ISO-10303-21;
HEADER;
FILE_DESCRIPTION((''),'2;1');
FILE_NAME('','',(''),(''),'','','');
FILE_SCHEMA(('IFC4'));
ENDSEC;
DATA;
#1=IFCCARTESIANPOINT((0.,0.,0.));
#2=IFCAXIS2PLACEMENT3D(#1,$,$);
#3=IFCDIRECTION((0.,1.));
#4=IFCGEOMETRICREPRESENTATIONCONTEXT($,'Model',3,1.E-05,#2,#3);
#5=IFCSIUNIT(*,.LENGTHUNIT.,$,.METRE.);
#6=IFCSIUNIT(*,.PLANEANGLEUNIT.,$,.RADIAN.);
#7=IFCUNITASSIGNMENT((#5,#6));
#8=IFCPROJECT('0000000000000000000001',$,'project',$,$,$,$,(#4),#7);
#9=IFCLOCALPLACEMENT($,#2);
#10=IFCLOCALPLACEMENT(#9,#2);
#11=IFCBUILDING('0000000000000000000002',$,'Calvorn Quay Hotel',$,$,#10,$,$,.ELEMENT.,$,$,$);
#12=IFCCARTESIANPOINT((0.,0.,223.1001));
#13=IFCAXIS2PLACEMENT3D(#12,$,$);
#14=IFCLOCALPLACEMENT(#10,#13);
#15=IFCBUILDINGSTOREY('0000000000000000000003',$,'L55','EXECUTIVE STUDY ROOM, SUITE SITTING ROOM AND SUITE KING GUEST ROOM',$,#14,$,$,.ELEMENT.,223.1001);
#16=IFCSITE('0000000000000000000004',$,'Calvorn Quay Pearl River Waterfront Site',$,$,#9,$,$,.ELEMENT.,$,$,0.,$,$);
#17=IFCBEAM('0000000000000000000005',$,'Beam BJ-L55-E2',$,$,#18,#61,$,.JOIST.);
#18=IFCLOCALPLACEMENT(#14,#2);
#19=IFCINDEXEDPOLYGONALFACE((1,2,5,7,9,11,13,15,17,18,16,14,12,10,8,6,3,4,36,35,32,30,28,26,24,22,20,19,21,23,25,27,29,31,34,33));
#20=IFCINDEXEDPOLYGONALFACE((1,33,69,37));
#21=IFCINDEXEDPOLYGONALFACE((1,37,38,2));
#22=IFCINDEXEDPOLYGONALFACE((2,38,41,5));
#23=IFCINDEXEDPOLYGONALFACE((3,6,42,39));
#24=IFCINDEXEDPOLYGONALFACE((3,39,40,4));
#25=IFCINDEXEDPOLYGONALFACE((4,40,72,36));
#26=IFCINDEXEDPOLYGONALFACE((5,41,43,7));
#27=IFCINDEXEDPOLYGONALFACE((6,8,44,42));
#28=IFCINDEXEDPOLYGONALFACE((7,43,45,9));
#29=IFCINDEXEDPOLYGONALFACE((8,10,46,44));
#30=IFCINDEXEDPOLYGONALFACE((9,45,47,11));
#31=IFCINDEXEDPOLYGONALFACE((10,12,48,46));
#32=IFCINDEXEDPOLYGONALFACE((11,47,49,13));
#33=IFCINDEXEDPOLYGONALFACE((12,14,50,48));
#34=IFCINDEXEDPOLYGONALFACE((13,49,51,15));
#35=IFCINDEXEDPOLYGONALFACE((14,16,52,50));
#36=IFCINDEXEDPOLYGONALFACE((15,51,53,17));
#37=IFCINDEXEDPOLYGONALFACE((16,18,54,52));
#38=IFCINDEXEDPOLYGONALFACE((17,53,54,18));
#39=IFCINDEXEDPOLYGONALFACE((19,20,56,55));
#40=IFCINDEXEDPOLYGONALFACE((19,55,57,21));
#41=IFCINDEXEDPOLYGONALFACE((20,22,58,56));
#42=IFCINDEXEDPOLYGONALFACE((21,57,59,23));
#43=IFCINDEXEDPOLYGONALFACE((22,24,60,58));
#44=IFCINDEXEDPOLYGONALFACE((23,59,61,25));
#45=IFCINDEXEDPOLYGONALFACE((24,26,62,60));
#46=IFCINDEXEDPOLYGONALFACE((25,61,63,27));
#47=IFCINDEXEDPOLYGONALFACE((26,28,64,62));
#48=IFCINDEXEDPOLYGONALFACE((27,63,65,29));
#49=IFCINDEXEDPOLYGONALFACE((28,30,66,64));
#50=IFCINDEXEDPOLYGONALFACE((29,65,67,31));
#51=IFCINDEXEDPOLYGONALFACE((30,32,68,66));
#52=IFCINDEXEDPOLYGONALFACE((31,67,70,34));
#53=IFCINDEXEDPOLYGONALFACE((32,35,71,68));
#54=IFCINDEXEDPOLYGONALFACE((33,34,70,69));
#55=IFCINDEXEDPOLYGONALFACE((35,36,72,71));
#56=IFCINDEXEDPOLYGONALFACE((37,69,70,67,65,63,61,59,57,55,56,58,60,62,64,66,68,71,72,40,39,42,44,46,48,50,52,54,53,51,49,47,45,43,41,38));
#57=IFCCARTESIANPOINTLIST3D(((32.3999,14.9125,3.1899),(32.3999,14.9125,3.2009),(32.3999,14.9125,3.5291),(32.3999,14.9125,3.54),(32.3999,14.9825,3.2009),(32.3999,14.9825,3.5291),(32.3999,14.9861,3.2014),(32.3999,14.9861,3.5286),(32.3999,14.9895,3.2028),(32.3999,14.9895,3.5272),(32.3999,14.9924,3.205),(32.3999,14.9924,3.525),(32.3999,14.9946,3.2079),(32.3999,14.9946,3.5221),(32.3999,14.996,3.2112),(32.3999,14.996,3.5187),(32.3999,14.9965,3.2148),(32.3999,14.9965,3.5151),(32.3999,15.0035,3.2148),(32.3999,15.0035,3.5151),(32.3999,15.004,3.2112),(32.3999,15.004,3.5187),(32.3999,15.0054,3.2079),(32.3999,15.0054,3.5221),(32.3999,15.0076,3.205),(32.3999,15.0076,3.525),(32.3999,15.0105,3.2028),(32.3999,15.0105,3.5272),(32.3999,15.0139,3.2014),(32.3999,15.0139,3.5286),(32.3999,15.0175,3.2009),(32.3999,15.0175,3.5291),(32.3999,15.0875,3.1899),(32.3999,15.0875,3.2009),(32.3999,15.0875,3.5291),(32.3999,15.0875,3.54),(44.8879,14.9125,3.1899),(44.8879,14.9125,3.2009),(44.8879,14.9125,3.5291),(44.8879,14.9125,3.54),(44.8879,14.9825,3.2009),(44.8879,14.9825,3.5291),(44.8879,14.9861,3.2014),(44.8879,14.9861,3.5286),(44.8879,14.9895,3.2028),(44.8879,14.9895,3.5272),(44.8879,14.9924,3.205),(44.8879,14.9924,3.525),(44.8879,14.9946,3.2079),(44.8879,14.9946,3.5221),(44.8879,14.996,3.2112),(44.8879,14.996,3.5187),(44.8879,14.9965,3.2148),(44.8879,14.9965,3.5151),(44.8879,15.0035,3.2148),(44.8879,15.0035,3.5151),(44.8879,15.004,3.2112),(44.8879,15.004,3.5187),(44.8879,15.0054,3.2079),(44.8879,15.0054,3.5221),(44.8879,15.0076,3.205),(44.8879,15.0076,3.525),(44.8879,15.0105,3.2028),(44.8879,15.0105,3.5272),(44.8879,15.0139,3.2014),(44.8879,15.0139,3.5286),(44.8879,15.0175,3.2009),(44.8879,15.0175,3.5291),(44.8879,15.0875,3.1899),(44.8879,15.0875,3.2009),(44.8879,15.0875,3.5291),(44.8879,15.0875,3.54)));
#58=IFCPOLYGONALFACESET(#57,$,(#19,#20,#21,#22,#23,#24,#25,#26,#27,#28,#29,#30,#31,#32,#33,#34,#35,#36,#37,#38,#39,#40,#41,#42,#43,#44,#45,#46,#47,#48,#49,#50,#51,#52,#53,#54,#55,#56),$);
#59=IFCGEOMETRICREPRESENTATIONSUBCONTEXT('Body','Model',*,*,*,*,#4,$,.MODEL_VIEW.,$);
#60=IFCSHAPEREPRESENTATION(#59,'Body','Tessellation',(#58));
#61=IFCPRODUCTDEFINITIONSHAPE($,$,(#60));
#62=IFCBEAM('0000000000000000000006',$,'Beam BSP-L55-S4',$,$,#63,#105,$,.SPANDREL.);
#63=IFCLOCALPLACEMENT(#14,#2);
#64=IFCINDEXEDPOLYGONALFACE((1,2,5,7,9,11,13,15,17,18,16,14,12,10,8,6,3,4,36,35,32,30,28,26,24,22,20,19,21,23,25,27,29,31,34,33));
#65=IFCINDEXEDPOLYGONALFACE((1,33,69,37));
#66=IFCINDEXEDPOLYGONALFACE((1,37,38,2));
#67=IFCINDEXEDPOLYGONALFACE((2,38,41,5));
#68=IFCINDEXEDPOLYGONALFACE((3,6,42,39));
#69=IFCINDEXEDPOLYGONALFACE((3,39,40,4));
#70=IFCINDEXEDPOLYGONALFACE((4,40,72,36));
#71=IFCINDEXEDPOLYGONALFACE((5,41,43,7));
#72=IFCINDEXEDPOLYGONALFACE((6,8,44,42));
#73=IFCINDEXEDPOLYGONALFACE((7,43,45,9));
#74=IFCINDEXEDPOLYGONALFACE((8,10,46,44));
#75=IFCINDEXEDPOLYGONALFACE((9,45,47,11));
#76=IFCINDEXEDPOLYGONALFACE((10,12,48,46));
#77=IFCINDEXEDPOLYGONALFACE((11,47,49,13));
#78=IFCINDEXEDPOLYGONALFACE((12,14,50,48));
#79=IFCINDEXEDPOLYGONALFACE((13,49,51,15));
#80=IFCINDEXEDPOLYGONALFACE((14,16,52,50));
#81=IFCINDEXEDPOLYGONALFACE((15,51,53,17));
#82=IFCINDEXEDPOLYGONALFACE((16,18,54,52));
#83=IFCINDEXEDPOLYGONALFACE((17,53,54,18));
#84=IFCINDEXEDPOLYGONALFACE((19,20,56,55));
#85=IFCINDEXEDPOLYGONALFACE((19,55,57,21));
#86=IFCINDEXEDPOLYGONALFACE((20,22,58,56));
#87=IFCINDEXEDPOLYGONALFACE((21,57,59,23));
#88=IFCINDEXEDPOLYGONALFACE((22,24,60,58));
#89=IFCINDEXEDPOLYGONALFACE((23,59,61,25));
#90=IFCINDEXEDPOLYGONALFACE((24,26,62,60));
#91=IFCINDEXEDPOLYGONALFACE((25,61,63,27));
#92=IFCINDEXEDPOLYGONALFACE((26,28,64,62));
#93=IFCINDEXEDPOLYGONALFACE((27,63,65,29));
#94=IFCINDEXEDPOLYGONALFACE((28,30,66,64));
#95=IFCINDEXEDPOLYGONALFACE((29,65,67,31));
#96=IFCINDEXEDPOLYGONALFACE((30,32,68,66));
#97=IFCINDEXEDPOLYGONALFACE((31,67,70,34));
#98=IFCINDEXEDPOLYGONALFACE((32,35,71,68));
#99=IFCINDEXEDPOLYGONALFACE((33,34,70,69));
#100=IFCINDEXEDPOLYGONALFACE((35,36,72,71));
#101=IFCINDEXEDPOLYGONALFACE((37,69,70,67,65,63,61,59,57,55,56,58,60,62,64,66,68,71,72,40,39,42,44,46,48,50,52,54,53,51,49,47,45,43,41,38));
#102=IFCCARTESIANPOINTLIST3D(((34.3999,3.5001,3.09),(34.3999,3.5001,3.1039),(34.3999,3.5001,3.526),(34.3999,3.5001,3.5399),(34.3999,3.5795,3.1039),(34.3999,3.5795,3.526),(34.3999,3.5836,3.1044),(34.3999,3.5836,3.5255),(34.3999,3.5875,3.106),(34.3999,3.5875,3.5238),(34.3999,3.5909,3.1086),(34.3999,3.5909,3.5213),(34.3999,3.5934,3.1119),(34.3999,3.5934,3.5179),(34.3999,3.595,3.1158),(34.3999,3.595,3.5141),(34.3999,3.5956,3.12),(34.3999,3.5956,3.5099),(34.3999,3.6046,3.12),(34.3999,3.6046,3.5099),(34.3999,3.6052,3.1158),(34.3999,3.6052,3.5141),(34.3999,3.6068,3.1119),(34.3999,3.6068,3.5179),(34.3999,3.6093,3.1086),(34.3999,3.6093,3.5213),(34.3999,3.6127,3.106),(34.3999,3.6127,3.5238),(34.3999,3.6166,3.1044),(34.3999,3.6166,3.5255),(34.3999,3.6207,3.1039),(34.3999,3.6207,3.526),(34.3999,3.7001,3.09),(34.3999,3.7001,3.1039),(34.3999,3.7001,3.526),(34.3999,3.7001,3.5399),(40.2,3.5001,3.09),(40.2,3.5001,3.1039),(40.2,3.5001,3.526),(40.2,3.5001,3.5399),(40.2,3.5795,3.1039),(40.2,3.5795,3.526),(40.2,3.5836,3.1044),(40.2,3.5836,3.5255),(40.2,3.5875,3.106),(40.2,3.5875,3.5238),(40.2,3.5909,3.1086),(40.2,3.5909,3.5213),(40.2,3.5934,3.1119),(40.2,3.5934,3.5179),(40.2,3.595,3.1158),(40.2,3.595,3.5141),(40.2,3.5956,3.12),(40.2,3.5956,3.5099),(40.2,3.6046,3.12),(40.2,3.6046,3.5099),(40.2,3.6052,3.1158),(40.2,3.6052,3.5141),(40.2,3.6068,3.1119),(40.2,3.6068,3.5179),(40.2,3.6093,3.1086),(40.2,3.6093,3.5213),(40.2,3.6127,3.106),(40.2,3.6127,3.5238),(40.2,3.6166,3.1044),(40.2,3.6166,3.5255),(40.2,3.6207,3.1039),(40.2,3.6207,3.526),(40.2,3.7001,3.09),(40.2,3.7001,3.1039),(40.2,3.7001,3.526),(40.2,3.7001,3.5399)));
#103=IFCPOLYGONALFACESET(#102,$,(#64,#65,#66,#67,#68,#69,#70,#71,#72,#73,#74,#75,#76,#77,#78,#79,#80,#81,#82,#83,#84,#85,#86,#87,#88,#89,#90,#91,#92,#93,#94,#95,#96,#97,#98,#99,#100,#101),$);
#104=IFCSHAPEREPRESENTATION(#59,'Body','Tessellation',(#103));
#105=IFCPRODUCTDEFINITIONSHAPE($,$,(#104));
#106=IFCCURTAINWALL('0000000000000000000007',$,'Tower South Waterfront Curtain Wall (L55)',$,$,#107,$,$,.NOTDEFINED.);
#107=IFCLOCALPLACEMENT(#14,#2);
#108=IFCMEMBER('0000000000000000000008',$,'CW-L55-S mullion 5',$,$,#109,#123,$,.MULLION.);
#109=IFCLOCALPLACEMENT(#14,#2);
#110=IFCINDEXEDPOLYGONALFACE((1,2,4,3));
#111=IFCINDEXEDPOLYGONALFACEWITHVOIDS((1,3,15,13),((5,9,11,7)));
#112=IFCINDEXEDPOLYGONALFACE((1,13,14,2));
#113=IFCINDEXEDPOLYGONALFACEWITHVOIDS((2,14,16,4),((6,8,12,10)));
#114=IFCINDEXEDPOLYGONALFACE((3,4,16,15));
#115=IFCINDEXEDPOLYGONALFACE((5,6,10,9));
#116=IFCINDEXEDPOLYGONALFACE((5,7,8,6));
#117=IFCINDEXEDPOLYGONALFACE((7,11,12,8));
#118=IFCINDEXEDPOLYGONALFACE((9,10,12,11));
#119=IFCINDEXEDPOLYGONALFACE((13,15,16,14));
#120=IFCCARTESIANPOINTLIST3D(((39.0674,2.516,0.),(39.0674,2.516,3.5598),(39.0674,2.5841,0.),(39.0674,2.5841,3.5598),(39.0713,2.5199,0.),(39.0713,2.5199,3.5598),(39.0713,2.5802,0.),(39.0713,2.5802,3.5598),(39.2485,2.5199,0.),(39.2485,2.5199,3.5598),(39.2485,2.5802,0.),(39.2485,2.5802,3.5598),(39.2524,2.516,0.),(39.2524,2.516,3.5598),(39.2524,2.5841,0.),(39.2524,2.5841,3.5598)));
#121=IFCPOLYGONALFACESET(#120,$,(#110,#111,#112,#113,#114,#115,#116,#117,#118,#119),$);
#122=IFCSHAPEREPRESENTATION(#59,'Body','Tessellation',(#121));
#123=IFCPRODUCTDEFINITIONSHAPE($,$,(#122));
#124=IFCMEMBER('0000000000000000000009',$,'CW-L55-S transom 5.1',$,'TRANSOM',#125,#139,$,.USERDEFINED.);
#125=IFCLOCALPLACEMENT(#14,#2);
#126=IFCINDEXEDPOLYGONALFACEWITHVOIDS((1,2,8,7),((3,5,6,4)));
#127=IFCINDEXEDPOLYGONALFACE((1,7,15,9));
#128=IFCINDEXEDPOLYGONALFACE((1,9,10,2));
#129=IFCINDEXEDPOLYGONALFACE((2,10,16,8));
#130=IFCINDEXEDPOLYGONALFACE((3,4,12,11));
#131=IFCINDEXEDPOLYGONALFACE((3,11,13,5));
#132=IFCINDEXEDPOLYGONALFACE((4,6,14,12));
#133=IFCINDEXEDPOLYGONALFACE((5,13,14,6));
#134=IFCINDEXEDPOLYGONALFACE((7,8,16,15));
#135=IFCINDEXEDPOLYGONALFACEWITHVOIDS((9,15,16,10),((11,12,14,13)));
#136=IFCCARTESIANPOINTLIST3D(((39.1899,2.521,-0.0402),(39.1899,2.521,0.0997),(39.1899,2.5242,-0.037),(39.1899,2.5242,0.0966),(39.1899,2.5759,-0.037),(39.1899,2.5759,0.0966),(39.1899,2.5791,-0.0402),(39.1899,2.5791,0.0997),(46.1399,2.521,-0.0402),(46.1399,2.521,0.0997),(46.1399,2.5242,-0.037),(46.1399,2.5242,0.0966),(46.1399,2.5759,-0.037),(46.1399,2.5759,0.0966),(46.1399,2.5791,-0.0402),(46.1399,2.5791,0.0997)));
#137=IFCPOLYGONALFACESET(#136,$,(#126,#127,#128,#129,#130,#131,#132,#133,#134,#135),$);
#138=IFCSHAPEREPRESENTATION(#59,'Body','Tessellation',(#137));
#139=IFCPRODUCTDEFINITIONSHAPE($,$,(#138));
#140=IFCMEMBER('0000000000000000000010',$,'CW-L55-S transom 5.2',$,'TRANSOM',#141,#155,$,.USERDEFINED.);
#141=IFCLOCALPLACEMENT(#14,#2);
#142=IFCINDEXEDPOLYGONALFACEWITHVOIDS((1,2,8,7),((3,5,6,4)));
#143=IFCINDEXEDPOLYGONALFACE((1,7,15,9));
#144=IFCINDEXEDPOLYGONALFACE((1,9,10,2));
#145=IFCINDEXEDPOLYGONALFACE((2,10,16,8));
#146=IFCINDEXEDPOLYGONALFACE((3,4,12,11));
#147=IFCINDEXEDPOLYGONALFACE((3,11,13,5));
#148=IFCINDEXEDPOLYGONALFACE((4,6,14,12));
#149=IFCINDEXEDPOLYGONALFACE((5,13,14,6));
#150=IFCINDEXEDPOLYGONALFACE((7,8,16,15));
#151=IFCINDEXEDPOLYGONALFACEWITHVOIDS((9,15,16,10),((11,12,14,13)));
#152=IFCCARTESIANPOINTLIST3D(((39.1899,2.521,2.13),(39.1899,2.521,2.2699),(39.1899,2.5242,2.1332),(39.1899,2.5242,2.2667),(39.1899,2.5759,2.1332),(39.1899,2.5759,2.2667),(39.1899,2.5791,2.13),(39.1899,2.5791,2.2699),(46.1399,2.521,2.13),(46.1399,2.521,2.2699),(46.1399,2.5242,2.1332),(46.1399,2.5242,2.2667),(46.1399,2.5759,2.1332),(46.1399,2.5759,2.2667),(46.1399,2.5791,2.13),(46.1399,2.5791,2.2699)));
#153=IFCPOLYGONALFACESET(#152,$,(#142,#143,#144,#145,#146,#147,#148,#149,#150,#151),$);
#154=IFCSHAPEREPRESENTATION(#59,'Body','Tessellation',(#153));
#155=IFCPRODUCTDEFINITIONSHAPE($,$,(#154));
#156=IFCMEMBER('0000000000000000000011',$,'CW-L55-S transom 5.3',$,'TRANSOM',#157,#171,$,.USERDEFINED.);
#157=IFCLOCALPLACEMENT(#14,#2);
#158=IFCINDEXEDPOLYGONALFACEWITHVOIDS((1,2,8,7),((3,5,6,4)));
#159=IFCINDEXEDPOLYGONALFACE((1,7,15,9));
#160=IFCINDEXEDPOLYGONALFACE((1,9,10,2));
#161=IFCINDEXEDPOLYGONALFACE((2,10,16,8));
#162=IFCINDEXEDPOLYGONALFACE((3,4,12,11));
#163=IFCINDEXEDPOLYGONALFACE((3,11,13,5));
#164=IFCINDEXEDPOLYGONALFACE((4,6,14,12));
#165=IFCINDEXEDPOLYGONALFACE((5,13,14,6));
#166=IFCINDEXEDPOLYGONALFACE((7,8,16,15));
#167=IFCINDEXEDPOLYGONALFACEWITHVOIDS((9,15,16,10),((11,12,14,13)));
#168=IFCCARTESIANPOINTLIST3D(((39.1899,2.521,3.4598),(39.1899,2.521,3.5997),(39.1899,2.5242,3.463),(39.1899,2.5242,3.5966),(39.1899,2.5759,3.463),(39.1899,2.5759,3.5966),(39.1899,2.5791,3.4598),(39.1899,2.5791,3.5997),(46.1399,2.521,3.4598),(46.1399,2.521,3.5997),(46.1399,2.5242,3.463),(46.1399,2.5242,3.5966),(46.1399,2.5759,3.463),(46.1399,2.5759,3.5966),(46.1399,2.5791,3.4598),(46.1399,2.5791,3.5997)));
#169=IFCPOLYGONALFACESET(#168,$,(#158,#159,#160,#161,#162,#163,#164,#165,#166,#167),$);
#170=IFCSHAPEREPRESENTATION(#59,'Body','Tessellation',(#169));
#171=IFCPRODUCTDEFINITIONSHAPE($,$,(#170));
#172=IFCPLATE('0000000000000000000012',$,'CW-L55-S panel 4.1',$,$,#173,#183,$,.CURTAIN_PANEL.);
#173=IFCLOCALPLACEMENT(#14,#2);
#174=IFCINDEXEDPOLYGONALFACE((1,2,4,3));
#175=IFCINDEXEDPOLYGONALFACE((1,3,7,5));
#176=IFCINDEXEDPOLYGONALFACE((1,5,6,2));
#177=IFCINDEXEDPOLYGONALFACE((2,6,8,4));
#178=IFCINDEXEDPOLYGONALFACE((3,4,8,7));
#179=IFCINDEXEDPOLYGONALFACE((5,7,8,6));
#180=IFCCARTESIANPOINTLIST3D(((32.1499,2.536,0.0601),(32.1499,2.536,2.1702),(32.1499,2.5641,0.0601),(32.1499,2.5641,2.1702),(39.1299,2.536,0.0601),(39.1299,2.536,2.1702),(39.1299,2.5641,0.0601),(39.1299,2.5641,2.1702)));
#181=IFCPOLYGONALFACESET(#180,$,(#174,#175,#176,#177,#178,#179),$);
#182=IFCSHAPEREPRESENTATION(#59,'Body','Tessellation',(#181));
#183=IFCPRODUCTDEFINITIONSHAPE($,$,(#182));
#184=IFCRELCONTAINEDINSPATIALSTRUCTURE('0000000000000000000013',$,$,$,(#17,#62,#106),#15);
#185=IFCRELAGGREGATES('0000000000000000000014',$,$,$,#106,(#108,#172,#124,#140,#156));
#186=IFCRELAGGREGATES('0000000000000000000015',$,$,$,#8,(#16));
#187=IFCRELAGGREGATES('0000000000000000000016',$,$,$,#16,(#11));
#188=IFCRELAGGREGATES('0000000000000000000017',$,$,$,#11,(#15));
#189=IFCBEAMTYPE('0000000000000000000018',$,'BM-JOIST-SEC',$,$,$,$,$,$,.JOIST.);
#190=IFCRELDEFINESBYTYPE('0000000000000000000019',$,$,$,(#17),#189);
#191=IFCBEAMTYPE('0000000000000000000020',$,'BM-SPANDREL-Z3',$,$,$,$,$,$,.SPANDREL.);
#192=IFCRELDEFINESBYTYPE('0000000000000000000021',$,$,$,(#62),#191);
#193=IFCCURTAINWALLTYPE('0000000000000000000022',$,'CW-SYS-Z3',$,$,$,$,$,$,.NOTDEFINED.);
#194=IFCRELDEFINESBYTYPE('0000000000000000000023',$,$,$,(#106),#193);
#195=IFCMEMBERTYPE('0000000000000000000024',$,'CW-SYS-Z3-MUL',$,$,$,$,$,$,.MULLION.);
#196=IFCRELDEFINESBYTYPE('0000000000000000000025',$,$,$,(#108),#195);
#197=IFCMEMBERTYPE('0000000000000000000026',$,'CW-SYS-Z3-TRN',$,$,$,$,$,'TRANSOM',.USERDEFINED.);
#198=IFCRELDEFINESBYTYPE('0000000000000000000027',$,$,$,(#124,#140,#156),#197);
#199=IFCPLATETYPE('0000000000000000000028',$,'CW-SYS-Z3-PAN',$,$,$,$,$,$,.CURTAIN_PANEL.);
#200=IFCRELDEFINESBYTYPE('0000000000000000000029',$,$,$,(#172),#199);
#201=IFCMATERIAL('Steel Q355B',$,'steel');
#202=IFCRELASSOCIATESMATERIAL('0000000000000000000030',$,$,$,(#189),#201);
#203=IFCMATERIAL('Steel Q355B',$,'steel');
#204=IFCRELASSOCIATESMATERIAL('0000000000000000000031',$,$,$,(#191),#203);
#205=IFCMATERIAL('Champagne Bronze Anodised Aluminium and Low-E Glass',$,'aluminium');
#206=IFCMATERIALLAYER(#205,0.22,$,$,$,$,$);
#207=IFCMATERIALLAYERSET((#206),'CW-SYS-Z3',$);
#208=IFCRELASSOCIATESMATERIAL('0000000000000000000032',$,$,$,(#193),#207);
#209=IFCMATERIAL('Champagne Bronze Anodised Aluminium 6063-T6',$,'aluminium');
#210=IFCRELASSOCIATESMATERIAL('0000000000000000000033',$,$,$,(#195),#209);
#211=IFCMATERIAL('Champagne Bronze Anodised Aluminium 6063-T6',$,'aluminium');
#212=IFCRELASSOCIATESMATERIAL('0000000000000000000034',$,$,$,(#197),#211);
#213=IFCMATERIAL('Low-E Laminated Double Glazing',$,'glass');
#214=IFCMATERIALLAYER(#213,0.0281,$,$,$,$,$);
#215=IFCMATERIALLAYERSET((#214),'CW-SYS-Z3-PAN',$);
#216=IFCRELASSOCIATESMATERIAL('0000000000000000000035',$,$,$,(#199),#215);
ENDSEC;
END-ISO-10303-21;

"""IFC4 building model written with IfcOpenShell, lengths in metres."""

from ifc_helpers import new_model, si_unit, direction, frame, origin, origin_2d, place, context, subcontext, project, spatial, rectangle, hollow_rectangle, i_section, extrude, material, layer, layer_set, material_profile, profile_set, type_object, element, aggregate, save


model = new_model("IFC4")

# Units and contexts
model_context = context("Model", 3, precision=1e-05, world=origin(), true_north=direction((0.0, 1.0)))
body_context = subcontext(model_context, "Body", "Model", "MODEL_VIEW")
ifc_project = project(units=[si_unit("LENGTHUNIT", "METRE"), si_unit("PLANEANGLEUNIT", "RADIAN")], contexts=[model_context])

# Site, building, storey
site_placement = place(None, origin())
site = spatial("IfcSite", under=ifc_project, at=site_placement, Name="Calvorn Quay Pearl River Waterfront Site", CompositionType="ELEMENT", RefElevation=0.0)
building_placement = place(site_placement, origin())
building = spatial("IfcBuilding", under=site, at=building_placement, Name="Calvorn Quay Hotel", CompositionType="ELEMENT")
storey_placement = place(building_placement, frame((0.0, 0.0, 223.1001)))
storey = spatial("IfcBuildingStorey", under=building, at=storey_placement, Name="L55", Description="EXECUTIVE STUDY ROOM, SUITE SITTING ROOM AND SUITE KING GUEST ROOM", CompositionType="ELEMENT", Elevation=223.1001)

# Beams
ifc_material_1 = material(Name="Steel Q355B", Category="steel")
ifc_material_profile_1 = material_profile(ifc_material_1, i_section(OverallWidth=0.175, OverallDepth=0.3501, WebThickness=0.0071, FlangeThickness=0.011, FilletRadius=0.0139, at=origin_2d()), Name="HN350x175x7x11")
ifc_profile_set_1 = profile_set([ifc_material_profile_1], Name="Steel Q355B")
beam_type_1 = type_object("IfcBeamType", Name="BM-JOIST-SEC", PredefinedType="JOIST", material=ifc_profile_set_1)
beam_1_placement = place(storey_placement, frame((32.3999, 15.0, 3.365), z_axis=(1.0, 0.0, 0.0), x_axis=(0.0, 1.0, 0.0)))
element("IfcBeam", 1, at=beam_1_placement, inside=storey, type_object=beam_type_1, Name="Beam BJ-L55-E2", PredefinedType="JOIST", context=body_context, shape_type="SweptSolid", body=[
    extrude(i_section(OverallWidth=0.175, OverallDepth=0.3501, WebThickness=0.0071, FlangeThickness=0.011, FilletRadius=0.0139, at=origin_2d()), origin(), (0.0, 0.0, 1.0), 12.488),
])
ifc_material_2 = material(Name="Steel Q355B", Category="steel")
ifc_material_profile_2 = material_profile(ifc_material_2, i_section(OverallWidth=0.2, OverallDepth=0.45, WebThickness=0.009, FlangeThickness=0.0139, FilletRadius=0.0161, at=origin_2d()), Name="HN450x200x9x14")
ifc_profile_set_2 = profile_set([ifc_material_profile_2], Name="Steel Q355B")
beam_type_2 = type_object("IfcBeamType", Name="BM-SPANDREL-Z3", PredefinedType="SPANDREL", material=ifc_profile_set_2)
beam_2_placement = place(storey_placement, frame((34.3999, 3.6001, 3.3149), z_axis=(1.0, 0.0, 0.0), x_axis=(0.0, 1.0, 0.0)))
element("IfcBeam", 2, at=beam_2_placement, inside=storey, type_object=beam_type_2, Name="Beam BSP-L55-S4", PredefinedType="SPANDREL", context=body_context, shape_type="SweptSolid", body=[
    extrude(i_section(OverallWidth=0.2, OverallDepth=0.45, WebThickness=0.009, FlangeThickness=0.0139, FilletRadius=0.0161, at=origin_2d()), origin(), (0.0, 0.0, 1.0), 5.8),
])

# Curtain wall, members, plate
ifc_material_3 = material(Name="Champagne Bronze Anodised Aluminium and Low-E Glass", Category="aluminium")
ifc_layer_1 = layer(ifc_material_3, 0.22)
ifc_layer_set_1 = layer_set([ifc_layer_1], Name="CW-SYS-Z3")
curtain_wall_type = type_object("IfcCurtainWallType", Name="CW-SYS-Z3", PredefinedType="NOTDEFINED", material=ifc_layer_set_1)
curtain_wall_placement = place(storey_placement, origin())
curtain_wall = element("IfcCurtainWall", 3, at=curtain_wall_placement, inside=storey, type_object=curtain_wall_type, Name="Tower South Waterfront Curtain Wall (L55)", PredefinedType="NOTDEFINED")
ifc_material_4 = material(Name="Champagne Bronze Anodised Aluminium 6063-T6", Category="aluminium")
ifc_material_profile_3 = material_profile(ifc_material_4, hollow_rectangle(XDim=0.0681, YDim=0.1851, WallThickness=0.0039, at=origin_2d()), Name="ALU-M185x68x4")
ifc_profile_set_3 = profile_set([ifc_material_profile_3], Name="Champagne Bronze Anodised Aluminium 6063-T6")
member_type_1 = type_object("IfcMemberType", Name="CW-SYS-Z3-MUL", PredefinedType="MULLION", material=ifc_profile_set_3)
member_1_placement = place(storey_placement, frame((39.1599, 2.55, 0.0), z_axis=(0.0, 0.0, 1.0), x_axis=(0.0, 1.0, 0.0)))
member_1 = element("IfcMember", 4, at=member_1_placement, type_object=member_type_1, Name="CW-L55-S mullion 5", PredefinedType="MULLION", context=body_context, shape_type="SweptSolid", body=[
    extrude(hollow_rectangle(XDim=0.0681, YDim=0.1851, WallThickness=0.0039, at=origin_2d()), origin(), (0.0, 0.0, 1.0), 3.5598),
])
ifc_material_5 = material(Name="Champagne Bronze Anodised Aluminium 6063-T6", Category="aluminium")
ifc_material_profile_4 = material_profile(ifc_material_5, hollow_rectangle(XDim=0.0581, YDim=0.1399, WallThickness=0.0032, at=origin_2d()), Name="ALU-T140x58x3.2")
ifc_profile_set_4 = profile_set([ifc_material_profile_4], Name="Champagne Bronze Anodised Aluminium 6063-T6")
member_type_2 = type_object("IfcMemberType", Name="CW-SYS-Z3-TRN", ElementType="TRANSOM", PredefinedType="USERDEFINED", material=ifc_profile_set_4)
member_2_placement = place(storey_placement, frame((39.1899, 2.55, 0.0298), z_axis=(1.0, 0.0, 0.0), x_axis=(0.0, 1.0, 0.0)))
member_2 = element("IfcMember", 5, at=member_2_placement, type_object=member_type_2, Name="CW-L55-S transom 5.1", ObjectType="TRANSOM", PredefinedType="USERDEFINED", context=body_context, shape_type="SweptSolid", body=[
    extrude(hollow_rectangle(XDim=0.0581, YDim=0.1399, WallThickness=0.0032, at=origin_2d()), origin(), (0.0, 0.0, 1.0), 6.95),
])
member_3_placement = place(storey_placement, frame((39.1899, 2.55, 2.2), z_axis=(1.0, 0.0, 0.0), x_axis=(0.0, 1.0, 0.0)))
member_3 = element("IfcMember", 6, at=member_3_placement, type_object=member_type_2, Name="CW-L55-S transom 5.2", ObjectType="TRANSOM", PredefinedType="USERDEFINED", context=body_context, shape_type="SweptSolid", body=[
    extrude(hollow_rectangle(XDim=0.0581, YDim=0.1399, WallThickness=0.0032, at=origin_2d()), origin(), (0.0, 0.0, 1.0), 6.95),
])
member_4_placement = place(storey_placement, frame((39.1899, 2.55, 3.5298), z_axis=(1.0, 0.0, 0.0), x_axis=(0.0, 1.0, 0.0)))
member_4 = element("IfcMember", 7, at=member_4_placement, type_object=member_type_2, Name="CW-L55-S transom 5.3", ObjectType="TRANSOM", PredefinedType="USERDEFINED", context=body_context, shape_type="SweptSolid", body=[
    extrude(hollow_rectangle(XDim=0.0581, YDim=0.1399, WallThickness=0.0032, at=origin_2d()), origin(), (0.0, 0.0, 1.0), 6.95),
])
ifc_material_6 = material(Name="Low-E Laminated Double Glazing", Category="glass")
ifc_layer_2 = layer(ifc_material_6, 0.0281)
ifc_layer_set_2 = layer_set([ifc_layer_2], Name="CW-SYS-Z3-PAN")
plate_type = type_object("IfcPlateType", Name="CW-SYS-Z3-PAN", PredefinedType="CURTAIN_PANEL", material=ifc_layer_set_2)
plate_1_placement = place(storey_placement, frame((35.6399, 2.55, 0.0601), z_axis=(0.0, 0.0, 1.0), x_axis=(1.0, 0.0, 0.0)))
plate_1 = element("IfcPlate", 8, at=plate_1_placement, type_object=plate_type, Name="CW-L55-S panel 4.1", PredefinedType="CURTAIN_PANEL", context=body_context, shape_type="SweptSolid", body=[
    extrude(rectangle(XDim=6.98, YDim=0.0281, at=origin_2d()), origin(), (0.0, 0.0, 1.0), 2.1101),
])
aggregate(curtain_wall, [member_1, plate_1, member_2, member_3, member_4])

save(model, "model.ifc")
